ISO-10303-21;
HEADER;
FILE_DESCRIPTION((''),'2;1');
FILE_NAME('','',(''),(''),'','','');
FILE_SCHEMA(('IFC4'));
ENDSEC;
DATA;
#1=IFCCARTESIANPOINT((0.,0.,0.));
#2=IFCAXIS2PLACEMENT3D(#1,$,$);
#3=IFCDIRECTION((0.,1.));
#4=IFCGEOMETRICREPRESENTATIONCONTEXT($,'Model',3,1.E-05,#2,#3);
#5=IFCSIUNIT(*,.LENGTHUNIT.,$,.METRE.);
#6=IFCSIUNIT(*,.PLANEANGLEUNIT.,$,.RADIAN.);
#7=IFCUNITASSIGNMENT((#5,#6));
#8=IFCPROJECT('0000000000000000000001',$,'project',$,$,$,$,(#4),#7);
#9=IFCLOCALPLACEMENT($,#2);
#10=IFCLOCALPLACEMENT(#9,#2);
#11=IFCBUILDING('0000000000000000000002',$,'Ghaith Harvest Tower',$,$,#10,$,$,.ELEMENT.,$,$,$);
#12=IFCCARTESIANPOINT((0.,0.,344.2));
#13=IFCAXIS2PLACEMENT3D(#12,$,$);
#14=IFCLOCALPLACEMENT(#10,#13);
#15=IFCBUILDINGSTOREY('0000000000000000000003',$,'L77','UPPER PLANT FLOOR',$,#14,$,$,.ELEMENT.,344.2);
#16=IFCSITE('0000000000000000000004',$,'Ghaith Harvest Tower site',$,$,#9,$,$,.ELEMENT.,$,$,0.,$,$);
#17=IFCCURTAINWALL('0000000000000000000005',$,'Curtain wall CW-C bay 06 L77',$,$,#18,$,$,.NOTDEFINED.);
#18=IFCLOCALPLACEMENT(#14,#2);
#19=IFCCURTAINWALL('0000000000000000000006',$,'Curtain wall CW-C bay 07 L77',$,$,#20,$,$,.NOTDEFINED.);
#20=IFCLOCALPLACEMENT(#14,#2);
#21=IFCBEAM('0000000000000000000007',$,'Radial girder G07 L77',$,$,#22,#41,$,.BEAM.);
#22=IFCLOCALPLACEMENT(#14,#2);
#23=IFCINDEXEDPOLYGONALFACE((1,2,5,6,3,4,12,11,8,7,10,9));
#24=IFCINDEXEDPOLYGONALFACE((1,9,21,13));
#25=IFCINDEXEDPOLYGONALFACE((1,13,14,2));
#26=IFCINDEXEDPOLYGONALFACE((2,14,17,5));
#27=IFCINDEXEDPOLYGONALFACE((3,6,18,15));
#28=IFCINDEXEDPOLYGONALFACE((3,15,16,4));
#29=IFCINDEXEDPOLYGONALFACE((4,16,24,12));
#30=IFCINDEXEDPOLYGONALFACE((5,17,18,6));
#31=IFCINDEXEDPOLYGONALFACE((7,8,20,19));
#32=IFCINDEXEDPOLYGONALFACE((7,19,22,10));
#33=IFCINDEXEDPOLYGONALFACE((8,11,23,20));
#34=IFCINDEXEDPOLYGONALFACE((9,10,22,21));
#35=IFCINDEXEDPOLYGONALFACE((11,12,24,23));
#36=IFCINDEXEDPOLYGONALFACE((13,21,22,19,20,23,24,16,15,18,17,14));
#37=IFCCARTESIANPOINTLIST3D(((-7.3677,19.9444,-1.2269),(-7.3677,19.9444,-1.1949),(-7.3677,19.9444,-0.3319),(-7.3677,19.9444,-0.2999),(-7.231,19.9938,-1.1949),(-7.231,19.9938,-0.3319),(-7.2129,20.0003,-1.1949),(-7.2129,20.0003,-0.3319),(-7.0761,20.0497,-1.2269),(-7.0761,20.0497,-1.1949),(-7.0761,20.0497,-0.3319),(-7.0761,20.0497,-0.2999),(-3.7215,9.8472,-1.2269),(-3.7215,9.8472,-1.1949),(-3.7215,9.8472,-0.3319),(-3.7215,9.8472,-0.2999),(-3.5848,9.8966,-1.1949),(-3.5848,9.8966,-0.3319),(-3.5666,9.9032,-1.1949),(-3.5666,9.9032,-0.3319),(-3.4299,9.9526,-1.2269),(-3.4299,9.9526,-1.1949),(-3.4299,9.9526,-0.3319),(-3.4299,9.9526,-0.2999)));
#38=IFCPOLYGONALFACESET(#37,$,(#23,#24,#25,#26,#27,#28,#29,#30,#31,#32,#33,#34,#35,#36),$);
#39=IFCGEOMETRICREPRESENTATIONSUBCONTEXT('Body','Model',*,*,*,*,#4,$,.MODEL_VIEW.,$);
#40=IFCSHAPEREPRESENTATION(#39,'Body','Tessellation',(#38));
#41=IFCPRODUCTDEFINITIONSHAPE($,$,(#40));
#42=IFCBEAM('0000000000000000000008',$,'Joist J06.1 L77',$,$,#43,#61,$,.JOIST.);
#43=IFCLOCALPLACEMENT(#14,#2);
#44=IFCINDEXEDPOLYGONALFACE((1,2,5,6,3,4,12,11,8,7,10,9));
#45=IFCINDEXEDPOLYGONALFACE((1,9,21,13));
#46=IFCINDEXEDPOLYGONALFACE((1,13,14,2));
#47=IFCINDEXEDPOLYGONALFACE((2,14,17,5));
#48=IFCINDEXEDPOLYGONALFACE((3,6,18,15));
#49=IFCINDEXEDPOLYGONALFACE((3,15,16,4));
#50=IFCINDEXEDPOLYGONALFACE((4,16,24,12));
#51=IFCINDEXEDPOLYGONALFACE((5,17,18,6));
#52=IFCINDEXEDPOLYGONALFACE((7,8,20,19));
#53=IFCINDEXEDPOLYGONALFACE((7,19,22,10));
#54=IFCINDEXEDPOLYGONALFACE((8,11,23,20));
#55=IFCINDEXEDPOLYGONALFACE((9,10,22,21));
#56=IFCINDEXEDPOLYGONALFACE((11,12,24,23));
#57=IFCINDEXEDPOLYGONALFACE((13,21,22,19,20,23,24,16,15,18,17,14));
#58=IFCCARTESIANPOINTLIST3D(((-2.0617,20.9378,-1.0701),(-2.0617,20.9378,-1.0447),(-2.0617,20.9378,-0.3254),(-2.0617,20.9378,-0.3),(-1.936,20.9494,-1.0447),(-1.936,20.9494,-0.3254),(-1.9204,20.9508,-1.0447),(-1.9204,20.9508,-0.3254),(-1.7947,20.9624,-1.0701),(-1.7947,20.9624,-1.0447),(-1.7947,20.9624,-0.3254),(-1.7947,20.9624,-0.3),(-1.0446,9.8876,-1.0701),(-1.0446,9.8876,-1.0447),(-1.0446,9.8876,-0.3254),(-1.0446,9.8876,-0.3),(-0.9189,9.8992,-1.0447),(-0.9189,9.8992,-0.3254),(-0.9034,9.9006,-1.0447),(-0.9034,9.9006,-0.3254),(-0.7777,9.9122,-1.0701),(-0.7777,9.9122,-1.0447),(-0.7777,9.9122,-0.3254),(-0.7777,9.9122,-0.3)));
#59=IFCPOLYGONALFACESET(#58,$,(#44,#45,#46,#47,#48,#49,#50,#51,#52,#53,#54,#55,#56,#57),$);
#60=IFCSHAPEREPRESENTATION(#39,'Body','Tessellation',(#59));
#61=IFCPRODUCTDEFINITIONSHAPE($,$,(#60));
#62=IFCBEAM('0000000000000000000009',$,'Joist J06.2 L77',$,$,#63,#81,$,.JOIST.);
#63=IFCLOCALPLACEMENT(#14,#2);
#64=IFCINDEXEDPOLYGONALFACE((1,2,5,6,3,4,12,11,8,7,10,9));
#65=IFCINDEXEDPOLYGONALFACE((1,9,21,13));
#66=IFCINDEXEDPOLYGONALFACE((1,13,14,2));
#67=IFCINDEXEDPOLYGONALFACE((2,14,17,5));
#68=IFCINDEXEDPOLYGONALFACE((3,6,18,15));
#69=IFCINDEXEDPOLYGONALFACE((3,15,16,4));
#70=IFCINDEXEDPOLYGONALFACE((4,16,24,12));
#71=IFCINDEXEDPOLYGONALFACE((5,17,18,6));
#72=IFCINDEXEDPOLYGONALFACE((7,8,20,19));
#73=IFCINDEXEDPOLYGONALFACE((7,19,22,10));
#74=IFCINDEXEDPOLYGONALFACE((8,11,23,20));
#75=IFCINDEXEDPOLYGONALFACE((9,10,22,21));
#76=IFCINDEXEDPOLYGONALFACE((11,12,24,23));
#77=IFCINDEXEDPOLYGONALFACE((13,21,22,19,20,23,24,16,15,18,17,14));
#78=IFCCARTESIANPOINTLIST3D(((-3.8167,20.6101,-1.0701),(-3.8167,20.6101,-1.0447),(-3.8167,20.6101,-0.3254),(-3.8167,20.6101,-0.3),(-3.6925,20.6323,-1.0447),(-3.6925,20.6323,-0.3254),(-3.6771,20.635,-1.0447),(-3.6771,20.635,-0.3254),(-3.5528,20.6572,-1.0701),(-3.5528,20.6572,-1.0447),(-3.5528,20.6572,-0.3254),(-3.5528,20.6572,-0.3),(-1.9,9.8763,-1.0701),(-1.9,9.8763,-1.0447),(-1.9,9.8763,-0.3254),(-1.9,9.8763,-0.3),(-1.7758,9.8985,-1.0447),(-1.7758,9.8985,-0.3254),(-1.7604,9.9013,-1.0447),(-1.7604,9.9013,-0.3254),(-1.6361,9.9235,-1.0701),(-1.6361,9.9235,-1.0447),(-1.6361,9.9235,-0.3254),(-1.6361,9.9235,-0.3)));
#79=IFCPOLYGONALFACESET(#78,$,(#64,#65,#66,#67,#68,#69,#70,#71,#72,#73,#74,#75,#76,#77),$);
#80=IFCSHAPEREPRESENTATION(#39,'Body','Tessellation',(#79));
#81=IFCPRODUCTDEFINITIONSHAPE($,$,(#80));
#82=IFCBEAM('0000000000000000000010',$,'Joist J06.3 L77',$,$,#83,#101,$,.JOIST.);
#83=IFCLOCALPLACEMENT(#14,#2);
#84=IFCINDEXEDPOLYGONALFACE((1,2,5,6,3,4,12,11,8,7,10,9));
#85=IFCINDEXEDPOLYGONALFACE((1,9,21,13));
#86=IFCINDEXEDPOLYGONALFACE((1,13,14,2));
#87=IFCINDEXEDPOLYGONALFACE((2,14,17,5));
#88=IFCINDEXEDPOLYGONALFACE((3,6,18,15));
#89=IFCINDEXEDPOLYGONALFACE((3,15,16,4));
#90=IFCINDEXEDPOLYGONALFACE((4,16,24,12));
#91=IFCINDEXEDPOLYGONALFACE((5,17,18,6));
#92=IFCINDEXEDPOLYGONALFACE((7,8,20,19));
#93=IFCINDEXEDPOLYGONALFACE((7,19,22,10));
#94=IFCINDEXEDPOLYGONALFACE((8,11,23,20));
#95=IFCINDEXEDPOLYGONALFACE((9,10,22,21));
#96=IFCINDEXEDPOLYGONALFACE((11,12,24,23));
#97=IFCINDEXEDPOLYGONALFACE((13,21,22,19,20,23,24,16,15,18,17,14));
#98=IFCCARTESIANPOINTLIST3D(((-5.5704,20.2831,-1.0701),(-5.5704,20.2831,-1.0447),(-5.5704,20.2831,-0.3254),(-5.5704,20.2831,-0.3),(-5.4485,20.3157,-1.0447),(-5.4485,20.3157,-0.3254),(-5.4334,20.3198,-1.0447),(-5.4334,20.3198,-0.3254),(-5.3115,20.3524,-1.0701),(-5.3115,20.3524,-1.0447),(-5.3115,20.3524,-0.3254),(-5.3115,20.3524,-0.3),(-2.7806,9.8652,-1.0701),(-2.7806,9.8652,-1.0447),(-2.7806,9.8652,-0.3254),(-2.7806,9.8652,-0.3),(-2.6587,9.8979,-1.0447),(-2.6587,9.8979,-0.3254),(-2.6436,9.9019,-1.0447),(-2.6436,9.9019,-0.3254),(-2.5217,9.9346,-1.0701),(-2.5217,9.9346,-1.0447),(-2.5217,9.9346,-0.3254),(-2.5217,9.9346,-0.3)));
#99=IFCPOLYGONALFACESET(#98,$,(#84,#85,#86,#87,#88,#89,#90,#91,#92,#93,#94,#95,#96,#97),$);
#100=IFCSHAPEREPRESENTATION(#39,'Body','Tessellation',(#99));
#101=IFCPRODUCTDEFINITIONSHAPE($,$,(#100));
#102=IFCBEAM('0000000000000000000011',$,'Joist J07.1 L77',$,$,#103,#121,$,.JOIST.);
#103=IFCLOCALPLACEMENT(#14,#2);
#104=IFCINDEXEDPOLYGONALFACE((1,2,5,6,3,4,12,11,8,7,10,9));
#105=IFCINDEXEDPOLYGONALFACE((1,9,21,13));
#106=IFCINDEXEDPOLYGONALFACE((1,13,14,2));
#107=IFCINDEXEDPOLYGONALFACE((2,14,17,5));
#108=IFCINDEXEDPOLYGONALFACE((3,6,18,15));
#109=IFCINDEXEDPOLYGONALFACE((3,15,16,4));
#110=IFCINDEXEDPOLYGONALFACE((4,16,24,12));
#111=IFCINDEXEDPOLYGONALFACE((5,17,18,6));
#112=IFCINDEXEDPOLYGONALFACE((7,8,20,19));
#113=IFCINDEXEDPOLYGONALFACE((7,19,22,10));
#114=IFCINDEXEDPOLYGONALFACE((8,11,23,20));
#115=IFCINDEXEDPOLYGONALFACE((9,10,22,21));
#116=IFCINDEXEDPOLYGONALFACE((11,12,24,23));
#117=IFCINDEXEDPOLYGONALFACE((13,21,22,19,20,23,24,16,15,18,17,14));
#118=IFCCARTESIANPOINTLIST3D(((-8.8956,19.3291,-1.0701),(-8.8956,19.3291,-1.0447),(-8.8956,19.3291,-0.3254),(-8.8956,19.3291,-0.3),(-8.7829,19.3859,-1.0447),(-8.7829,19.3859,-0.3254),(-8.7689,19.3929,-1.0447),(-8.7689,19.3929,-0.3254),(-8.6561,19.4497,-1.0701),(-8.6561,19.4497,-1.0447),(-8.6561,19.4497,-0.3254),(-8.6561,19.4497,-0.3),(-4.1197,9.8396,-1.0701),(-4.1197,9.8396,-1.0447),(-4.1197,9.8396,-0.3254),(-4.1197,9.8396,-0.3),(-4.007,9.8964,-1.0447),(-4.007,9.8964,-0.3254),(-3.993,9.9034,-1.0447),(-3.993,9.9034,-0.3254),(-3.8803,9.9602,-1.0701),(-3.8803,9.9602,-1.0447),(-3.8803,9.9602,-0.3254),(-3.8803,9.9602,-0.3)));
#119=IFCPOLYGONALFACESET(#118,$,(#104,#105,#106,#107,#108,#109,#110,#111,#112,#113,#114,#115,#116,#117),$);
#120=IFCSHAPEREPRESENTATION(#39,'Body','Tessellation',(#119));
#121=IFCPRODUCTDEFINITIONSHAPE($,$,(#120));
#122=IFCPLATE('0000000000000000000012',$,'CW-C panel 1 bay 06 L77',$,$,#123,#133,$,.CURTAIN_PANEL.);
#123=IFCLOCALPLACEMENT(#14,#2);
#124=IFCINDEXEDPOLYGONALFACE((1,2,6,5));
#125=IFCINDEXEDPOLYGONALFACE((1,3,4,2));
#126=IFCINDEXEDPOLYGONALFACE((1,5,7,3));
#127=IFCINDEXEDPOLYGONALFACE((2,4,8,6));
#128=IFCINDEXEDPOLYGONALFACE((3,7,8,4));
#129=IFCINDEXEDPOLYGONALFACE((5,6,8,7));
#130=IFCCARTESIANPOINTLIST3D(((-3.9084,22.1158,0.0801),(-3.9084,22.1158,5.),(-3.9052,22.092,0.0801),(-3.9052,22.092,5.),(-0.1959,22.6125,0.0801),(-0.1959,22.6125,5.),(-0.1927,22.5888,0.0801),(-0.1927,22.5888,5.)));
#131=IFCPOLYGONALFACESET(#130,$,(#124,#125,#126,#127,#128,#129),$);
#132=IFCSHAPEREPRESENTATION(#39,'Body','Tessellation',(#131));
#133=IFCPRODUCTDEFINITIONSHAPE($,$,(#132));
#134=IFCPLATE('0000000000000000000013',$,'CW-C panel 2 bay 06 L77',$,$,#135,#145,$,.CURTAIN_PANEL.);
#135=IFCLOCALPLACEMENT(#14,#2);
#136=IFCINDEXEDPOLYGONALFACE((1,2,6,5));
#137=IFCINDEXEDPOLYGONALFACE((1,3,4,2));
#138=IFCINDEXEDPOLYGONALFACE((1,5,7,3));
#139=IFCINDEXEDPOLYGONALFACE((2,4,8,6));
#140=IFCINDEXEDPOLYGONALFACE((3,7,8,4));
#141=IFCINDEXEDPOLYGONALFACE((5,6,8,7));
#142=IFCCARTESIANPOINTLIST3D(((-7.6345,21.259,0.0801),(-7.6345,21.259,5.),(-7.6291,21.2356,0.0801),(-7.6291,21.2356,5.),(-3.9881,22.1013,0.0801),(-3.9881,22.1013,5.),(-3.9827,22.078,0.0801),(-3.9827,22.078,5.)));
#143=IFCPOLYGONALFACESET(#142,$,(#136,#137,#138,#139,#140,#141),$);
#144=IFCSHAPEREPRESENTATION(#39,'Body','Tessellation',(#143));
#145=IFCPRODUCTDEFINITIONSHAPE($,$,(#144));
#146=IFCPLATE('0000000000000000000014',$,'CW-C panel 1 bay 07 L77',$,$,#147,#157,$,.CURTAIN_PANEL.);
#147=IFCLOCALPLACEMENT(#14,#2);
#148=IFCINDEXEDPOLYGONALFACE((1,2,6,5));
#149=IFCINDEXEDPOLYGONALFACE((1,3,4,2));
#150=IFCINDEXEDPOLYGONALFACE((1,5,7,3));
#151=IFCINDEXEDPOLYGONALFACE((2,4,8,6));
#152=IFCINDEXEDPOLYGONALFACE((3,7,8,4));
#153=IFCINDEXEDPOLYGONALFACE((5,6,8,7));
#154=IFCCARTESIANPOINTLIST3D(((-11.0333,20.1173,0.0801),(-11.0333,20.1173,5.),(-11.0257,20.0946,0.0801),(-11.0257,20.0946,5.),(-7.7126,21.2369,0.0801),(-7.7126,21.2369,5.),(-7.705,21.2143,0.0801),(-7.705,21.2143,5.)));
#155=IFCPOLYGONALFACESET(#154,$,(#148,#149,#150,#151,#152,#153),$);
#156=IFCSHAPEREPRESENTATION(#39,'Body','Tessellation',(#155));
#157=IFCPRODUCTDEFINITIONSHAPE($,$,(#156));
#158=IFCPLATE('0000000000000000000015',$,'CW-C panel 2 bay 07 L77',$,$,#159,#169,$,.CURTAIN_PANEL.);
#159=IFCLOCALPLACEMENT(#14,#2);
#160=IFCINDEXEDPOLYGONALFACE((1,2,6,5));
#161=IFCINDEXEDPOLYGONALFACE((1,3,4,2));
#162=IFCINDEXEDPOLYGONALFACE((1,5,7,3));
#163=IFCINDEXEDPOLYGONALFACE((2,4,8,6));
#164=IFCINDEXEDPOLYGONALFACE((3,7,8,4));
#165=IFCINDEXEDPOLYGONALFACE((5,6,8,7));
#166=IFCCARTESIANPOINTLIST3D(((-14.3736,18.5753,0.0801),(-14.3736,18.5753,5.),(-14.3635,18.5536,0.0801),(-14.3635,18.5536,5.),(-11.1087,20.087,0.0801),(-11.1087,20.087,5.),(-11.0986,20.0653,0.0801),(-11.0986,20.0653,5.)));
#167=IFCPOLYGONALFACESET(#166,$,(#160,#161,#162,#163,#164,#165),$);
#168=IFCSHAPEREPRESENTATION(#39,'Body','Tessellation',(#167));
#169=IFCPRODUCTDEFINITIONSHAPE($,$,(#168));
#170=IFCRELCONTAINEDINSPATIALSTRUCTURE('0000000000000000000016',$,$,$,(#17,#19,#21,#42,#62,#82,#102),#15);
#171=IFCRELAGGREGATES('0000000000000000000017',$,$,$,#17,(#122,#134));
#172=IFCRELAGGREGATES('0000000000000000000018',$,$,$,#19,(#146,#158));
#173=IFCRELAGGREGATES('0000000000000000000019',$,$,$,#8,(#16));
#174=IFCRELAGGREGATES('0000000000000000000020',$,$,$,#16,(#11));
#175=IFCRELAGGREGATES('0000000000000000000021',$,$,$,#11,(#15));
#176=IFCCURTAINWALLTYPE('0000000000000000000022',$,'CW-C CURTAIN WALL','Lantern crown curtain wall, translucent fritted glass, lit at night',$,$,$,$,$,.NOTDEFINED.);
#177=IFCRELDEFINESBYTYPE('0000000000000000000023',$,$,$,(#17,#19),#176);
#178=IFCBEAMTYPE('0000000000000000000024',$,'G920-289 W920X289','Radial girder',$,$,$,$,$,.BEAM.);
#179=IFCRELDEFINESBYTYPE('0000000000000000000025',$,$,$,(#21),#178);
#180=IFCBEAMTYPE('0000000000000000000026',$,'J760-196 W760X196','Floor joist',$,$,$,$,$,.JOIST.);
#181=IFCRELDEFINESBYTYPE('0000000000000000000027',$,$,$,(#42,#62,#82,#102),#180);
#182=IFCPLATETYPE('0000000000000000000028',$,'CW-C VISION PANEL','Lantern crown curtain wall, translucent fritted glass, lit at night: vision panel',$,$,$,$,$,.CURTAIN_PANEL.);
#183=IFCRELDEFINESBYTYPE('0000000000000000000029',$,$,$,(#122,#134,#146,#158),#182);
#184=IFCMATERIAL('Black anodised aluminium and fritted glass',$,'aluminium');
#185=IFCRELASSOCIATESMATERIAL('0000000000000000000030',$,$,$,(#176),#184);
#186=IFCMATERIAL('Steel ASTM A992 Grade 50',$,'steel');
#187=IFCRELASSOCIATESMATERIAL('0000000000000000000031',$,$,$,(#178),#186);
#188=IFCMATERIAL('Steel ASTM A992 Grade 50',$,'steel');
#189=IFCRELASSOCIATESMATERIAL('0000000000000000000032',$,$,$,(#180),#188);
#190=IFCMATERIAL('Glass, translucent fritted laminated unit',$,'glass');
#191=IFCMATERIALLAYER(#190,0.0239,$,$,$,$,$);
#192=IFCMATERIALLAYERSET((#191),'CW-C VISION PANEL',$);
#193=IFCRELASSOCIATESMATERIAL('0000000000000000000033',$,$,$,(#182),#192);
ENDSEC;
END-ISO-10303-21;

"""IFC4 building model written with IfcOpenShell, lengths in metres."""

from ifc_helpers import new_model, si_unit, direction, frame, origin, origin_2d, place, context, subcontext, project, spatial, rectangle, i_section, extrude, material, layer, layer_set, material_profile, profile_set, type_object, element, aggregate, save


model = new_model("IFC4")

# Units and contexts
model_context = context("Model", 3, precision=1e-05, world=origin(), true_north=direction((0.0, 1.0)))
body_context = subcontext(model_context, "Body", "Model", "MODEL_VIEW")
ifc_project = project(units=[si_unit("LENGTHUNIT", "METRE"), si_unit("PLANEANGLEUNIT", "RADIAN")], contexts=[model_context])

# Site, building, storey
site_placement = place(None, origin())
site = spatial("IfcSite", under=ifc_project, at=site_placement, Name="Ghaith Harvest Tower site", CompositionType="ELEMENT", RefElevation=0.0)
building_placement = place(site_placement, origin())
building = spatial("IfcBuilding", under=site, at=building_placement, Name="Ghaith Harvest Tower", CompositionType="ELEMENT")
storey_placement = place(building_placement, frame((0.0, 0.0, 344.2)))
storey = spatial("IfcBuildingStorey", under=building, at=storey_placement, Name="L77", Description="UPPER PLANT FLOOR", CompositionType="ELEMENT", Elevation=344.2)

# Curtain walls
ifc_material_1 = material(Name="Black anodised aluminium and fritted glass", Category="aluminium")
curtain_wall_type = type_object("IfcCurtainWallType", Name="CW-C CURTAIN WALL", Description="Lantern crown curtain wall, translucent fritted glass, lit at night", PredefinedType="NOTDEFINED", material=ifc_material_1)
curtain_wall_1_placement = place(storey_placement, origin())
curtain_wall_1 = element("IfcCurtainWall", 1, at=curtain_wall_1_placement, inside=storey, type_object=curtain_wall_type, Name="Curtain wall CW-C bay 06 L77", PredefinedType="NOTDEFINED")
curtain_wall_2_placement = place(storey_placement, origin())
curtain_wall_2 = element("IfcCurtainWall", 2, at=curtain_wall_2_placement, inside=storey, type_object=curtain_wall_type, Name="Curtain wall CW-C bay 07 L77", PredefinedType="NOTDEFINED")

# Beams
ifc_material_2 = material(Name="Steel ASTM A992 Grade 50", Category="steel")
ifc_material_profile_1 = material_profile(ifc_material_2, i_section(OverallWidth=0.3101, OverallDepth=0.927, WebThickness=0.0193, FlangeThickness=0.032, at=origin_2d()), Name="W920X289")
ifc_profile_set_1 = profile_set([ifc_material_profile_1], Name="Steel ASTM A992 Grade 50")
beam_type_1 = type_object("IfcBeamType", Name="G920-289 W920X289", Description="Radial girder", PredefinedType="BEAM", material=ifc_profile_set_1)
beam_1_placement = place(storey_placement, frame((-3.5757, 9.8999, -0.7634), z_axis=(-0.339648, 0.940553, 0.0), x_axis=(-0.940553, -0.339648, 0.0)))
element("IfcBeam", 3, at=beam_1_placement, inside=storey, type_object=beam_type_1, Name="Radial girder G07 L77", PredefinedType="BEAM", context=body_context, shape_type="SweptSolid", body=[
    extrude(i_section(OverallWidth=0.3101, OverallDepth=0.927, WebThickness=0.0193, FlangeThickness=0.032, at=origin_2d()), origin(), (0.0, 0.0, 1.0), 10.7354),
])
ifc_material_3 = material(Name="Steel ASTM A992 Grade 50", Category="steel")
ifc_material_profile_2 = material_profile(ifc_material_3, i_section(OverallWidth=0.2681, OverallDepth=0.77, WebThickness=0.0156, FlangeThickness=0.0254, at=origin_2d()), Name="W760X196")
ifc_profile_set_2 = profile_set([ifc_material_profile_2], Name="Steel ASTM A992 Grade 50")
beam_type_2 = type_object("IfcBeamType", Name="J760-196 W760X196", Description="Floor joist", PredefinedType="JOIST", material=ifc_profile_set_2)
beam_2_placement = place(storey_placement, frame((-0.9111, 9.8999, -0.6851), z_axis=(-0.091654, 0.995791, 0.0), x_axis=(-0.995791, -0.091654, 0.0)))
element("IfcBeam", 4, at=beam_2_placement, inside=storey, type_object=beam_type_2, Name="Joist J06.1 L77", PredefinedType="JOIST", context=body_context, shape_type="SweptSolid", body=[
    extrude(i_section(OverallWidth=0.2681, OverallDepth=0.77, WebThickness=0.0156, FlangeThickness=0.0254, at=origin_2d()), origin(), (0.0, 0.0, 1.0), 11.0969),
])
beam_3_placement = place(storey_placement, frame((-1.7681, 9.8999, -0.6851), z_axis=(-0.175789, 0.984428, 0.0), x_axis=(-0.984428, -0.175789, 0.0)))
element("IfcBeam", 5, at=beam_3_placement, inside=storey, type_object=beam_type_2, Name="Joist J06.2 L77", PredefinedType="JOIST", context=body_context, shape_type="SweptSolid", body=[
    extrude(i_section(OverallWidth=0.2681, OverallDepth=0.77, WebThickness=0.0156, FlangeThickness=0.0254, at=origin_2d()), origin(), (0.0, 0.0, 1.0), 10.9036),
])
beam_4_placement = place(storey_placement, frame((-2.6511, 9.8999, -0.6851), z_axis=(-0.258678, 0.965964, 0.0), x_axis=(-0.965964, -0.258678, 0.0)))
element("IfcBeam", 6, at=beam_4_placement, inside=storey, type_object=beam_type_2, Name="Joist J06.3 L77", PredefinedType="JOIST", context=body_context, shape_type="SweptSolid", body=[
    extrude(i_section(OverallWidth=0.2681, OverallDepth=0.77, WebThickness=0.0156, FlangeThickness=0.0254, at=origin_2d()), origin(), (0.0, 0.0, 1.0), 10.7849),
])
beam_5_placement = place(storey_placement, frame((-4.0, 9.8999, -0.6851), z_axis=(-0.449556, 0.893252, 0.0), x_axis=(-0.893252, -0.449556, 0.0)))
element("IfcBeam", 7, at=beam_5_placement, inside=storey, type_object=beam_type_2, Name="Joist J07.1 L77", PredefinedType="JOIST", context=body_context, shape_type="SweptSolid", body=[
    extrude(i_section(OverallWidth=0.2681, OverallDepth=0.77, WebThickness=0.0156, FlangeThickness=0.0254, at=origin_2d()), origin(), (0.0, 0.0, 1.0), 10.6235),
])

# Plates
ifc_material_4 = material(Name="Glass, translucent fritted laminated unit", Category="glass")
ifc_layer = layer(ifc_material_4, 0.0239)
ifc_layer_set = layer_set([ifc_layer], Name="CW-C VISION PANEL")
plate_type = type_object("IfcPlateType", Name="CW-C VISION PANEL", Description="Lantern crown curtain wall, translucent fritted glass, lit at night: vision panel", PredefinedType="CURTAIN_PANEL", material=ifc_layer_set)
plate_1_placement = place(storey_placement, frame((-2.0505, 22.3523, 0.0801), z_axis=(0.0, 0.0, 1.0), x_axis=(-0.991165, -0.132633, 0.0)))
plate_1 = element("IfcPlate", 8, at=plate_1_placement, type_object=plate_type, Name="CW-C panel 1 bay 06 L77", PredefinedType="CURTAIN_PANEL", context=body_context, shape_type="SweptSolid", body=[
    extrude(rectangle(XDim=3.7456, YDim=0.0239, at=origin_2d()), origin(), (0.0, 0.0, 1.0), 4.9199),
])
plate_2_placement = place(storey_placement, frame((-5.8086, 21.6685, 0.0801), z_axis=(0.0, 0.0, 1.0), x_axis=(-0.974342, -0.225072, 0.0)))
plate_2 = element("IfcPlate", 9, at=plate_2_placement, type_object=plate_type, Name="CW-C panel 2 bay 06 L77", PredefinedType="CURTAIN_PANEL", context=body_context, shape_type="SweptSolid", body=[
    extrude(rectangle(XDim=3.7424, YDim=0.0239, at=origin_2d()), origin(), (0.0, 0.0, 1.0), 4.9199),
])
aggregate(curtain_wall_1, [plate_1, plate_2])
plate_3_placement = place(storey_placement, frame((-9.3691, 20.6658, 0.0801), z_axis=(0.0, 0.0, 1.0), x_axis=(-0.947586, -0.3195, 0.0)))
plate_3 = element("IfcPlate", 10, at=plate_3_placement, type_object=plate_type, Name="CW-C panel 1 bay 07 L77", PredefinedType="CURTAIN_PANEL", context=body_context, shape_type="SweptSolid", body=[
    extrude(rectangle(XDim=3.5044, YDim=0.0239, at=origin_2d()), origin(), (0.0, 0.0, 1.0), 4.9199),
])
plate_4_placement = place(storey_placement, frame((-12.7361, 19.3203, 0.0801), z_axis=(0.0, 0.0, 1.0), x_axis=(-0.90745, -0.42016, 0.0)))
plate_4 = element("IfcPlate", 11, at=plate_4_placement, type_object=plate_type, Name="CW-C panel 2 bay 07 L77", PredefinedType="CURTAIN_PANEL", context=body_context, shape_type="SweptSolid", body=[
    extrude(rectangle(XDim=3.5979, YDim=0.0239, at=origin_2d()), origin(), (0.0, 0.0, 1.0), 4.9199),
])
aggregate(curtain_wall_2, [plate_3, plate_4])

save(model, "model.ifc")
